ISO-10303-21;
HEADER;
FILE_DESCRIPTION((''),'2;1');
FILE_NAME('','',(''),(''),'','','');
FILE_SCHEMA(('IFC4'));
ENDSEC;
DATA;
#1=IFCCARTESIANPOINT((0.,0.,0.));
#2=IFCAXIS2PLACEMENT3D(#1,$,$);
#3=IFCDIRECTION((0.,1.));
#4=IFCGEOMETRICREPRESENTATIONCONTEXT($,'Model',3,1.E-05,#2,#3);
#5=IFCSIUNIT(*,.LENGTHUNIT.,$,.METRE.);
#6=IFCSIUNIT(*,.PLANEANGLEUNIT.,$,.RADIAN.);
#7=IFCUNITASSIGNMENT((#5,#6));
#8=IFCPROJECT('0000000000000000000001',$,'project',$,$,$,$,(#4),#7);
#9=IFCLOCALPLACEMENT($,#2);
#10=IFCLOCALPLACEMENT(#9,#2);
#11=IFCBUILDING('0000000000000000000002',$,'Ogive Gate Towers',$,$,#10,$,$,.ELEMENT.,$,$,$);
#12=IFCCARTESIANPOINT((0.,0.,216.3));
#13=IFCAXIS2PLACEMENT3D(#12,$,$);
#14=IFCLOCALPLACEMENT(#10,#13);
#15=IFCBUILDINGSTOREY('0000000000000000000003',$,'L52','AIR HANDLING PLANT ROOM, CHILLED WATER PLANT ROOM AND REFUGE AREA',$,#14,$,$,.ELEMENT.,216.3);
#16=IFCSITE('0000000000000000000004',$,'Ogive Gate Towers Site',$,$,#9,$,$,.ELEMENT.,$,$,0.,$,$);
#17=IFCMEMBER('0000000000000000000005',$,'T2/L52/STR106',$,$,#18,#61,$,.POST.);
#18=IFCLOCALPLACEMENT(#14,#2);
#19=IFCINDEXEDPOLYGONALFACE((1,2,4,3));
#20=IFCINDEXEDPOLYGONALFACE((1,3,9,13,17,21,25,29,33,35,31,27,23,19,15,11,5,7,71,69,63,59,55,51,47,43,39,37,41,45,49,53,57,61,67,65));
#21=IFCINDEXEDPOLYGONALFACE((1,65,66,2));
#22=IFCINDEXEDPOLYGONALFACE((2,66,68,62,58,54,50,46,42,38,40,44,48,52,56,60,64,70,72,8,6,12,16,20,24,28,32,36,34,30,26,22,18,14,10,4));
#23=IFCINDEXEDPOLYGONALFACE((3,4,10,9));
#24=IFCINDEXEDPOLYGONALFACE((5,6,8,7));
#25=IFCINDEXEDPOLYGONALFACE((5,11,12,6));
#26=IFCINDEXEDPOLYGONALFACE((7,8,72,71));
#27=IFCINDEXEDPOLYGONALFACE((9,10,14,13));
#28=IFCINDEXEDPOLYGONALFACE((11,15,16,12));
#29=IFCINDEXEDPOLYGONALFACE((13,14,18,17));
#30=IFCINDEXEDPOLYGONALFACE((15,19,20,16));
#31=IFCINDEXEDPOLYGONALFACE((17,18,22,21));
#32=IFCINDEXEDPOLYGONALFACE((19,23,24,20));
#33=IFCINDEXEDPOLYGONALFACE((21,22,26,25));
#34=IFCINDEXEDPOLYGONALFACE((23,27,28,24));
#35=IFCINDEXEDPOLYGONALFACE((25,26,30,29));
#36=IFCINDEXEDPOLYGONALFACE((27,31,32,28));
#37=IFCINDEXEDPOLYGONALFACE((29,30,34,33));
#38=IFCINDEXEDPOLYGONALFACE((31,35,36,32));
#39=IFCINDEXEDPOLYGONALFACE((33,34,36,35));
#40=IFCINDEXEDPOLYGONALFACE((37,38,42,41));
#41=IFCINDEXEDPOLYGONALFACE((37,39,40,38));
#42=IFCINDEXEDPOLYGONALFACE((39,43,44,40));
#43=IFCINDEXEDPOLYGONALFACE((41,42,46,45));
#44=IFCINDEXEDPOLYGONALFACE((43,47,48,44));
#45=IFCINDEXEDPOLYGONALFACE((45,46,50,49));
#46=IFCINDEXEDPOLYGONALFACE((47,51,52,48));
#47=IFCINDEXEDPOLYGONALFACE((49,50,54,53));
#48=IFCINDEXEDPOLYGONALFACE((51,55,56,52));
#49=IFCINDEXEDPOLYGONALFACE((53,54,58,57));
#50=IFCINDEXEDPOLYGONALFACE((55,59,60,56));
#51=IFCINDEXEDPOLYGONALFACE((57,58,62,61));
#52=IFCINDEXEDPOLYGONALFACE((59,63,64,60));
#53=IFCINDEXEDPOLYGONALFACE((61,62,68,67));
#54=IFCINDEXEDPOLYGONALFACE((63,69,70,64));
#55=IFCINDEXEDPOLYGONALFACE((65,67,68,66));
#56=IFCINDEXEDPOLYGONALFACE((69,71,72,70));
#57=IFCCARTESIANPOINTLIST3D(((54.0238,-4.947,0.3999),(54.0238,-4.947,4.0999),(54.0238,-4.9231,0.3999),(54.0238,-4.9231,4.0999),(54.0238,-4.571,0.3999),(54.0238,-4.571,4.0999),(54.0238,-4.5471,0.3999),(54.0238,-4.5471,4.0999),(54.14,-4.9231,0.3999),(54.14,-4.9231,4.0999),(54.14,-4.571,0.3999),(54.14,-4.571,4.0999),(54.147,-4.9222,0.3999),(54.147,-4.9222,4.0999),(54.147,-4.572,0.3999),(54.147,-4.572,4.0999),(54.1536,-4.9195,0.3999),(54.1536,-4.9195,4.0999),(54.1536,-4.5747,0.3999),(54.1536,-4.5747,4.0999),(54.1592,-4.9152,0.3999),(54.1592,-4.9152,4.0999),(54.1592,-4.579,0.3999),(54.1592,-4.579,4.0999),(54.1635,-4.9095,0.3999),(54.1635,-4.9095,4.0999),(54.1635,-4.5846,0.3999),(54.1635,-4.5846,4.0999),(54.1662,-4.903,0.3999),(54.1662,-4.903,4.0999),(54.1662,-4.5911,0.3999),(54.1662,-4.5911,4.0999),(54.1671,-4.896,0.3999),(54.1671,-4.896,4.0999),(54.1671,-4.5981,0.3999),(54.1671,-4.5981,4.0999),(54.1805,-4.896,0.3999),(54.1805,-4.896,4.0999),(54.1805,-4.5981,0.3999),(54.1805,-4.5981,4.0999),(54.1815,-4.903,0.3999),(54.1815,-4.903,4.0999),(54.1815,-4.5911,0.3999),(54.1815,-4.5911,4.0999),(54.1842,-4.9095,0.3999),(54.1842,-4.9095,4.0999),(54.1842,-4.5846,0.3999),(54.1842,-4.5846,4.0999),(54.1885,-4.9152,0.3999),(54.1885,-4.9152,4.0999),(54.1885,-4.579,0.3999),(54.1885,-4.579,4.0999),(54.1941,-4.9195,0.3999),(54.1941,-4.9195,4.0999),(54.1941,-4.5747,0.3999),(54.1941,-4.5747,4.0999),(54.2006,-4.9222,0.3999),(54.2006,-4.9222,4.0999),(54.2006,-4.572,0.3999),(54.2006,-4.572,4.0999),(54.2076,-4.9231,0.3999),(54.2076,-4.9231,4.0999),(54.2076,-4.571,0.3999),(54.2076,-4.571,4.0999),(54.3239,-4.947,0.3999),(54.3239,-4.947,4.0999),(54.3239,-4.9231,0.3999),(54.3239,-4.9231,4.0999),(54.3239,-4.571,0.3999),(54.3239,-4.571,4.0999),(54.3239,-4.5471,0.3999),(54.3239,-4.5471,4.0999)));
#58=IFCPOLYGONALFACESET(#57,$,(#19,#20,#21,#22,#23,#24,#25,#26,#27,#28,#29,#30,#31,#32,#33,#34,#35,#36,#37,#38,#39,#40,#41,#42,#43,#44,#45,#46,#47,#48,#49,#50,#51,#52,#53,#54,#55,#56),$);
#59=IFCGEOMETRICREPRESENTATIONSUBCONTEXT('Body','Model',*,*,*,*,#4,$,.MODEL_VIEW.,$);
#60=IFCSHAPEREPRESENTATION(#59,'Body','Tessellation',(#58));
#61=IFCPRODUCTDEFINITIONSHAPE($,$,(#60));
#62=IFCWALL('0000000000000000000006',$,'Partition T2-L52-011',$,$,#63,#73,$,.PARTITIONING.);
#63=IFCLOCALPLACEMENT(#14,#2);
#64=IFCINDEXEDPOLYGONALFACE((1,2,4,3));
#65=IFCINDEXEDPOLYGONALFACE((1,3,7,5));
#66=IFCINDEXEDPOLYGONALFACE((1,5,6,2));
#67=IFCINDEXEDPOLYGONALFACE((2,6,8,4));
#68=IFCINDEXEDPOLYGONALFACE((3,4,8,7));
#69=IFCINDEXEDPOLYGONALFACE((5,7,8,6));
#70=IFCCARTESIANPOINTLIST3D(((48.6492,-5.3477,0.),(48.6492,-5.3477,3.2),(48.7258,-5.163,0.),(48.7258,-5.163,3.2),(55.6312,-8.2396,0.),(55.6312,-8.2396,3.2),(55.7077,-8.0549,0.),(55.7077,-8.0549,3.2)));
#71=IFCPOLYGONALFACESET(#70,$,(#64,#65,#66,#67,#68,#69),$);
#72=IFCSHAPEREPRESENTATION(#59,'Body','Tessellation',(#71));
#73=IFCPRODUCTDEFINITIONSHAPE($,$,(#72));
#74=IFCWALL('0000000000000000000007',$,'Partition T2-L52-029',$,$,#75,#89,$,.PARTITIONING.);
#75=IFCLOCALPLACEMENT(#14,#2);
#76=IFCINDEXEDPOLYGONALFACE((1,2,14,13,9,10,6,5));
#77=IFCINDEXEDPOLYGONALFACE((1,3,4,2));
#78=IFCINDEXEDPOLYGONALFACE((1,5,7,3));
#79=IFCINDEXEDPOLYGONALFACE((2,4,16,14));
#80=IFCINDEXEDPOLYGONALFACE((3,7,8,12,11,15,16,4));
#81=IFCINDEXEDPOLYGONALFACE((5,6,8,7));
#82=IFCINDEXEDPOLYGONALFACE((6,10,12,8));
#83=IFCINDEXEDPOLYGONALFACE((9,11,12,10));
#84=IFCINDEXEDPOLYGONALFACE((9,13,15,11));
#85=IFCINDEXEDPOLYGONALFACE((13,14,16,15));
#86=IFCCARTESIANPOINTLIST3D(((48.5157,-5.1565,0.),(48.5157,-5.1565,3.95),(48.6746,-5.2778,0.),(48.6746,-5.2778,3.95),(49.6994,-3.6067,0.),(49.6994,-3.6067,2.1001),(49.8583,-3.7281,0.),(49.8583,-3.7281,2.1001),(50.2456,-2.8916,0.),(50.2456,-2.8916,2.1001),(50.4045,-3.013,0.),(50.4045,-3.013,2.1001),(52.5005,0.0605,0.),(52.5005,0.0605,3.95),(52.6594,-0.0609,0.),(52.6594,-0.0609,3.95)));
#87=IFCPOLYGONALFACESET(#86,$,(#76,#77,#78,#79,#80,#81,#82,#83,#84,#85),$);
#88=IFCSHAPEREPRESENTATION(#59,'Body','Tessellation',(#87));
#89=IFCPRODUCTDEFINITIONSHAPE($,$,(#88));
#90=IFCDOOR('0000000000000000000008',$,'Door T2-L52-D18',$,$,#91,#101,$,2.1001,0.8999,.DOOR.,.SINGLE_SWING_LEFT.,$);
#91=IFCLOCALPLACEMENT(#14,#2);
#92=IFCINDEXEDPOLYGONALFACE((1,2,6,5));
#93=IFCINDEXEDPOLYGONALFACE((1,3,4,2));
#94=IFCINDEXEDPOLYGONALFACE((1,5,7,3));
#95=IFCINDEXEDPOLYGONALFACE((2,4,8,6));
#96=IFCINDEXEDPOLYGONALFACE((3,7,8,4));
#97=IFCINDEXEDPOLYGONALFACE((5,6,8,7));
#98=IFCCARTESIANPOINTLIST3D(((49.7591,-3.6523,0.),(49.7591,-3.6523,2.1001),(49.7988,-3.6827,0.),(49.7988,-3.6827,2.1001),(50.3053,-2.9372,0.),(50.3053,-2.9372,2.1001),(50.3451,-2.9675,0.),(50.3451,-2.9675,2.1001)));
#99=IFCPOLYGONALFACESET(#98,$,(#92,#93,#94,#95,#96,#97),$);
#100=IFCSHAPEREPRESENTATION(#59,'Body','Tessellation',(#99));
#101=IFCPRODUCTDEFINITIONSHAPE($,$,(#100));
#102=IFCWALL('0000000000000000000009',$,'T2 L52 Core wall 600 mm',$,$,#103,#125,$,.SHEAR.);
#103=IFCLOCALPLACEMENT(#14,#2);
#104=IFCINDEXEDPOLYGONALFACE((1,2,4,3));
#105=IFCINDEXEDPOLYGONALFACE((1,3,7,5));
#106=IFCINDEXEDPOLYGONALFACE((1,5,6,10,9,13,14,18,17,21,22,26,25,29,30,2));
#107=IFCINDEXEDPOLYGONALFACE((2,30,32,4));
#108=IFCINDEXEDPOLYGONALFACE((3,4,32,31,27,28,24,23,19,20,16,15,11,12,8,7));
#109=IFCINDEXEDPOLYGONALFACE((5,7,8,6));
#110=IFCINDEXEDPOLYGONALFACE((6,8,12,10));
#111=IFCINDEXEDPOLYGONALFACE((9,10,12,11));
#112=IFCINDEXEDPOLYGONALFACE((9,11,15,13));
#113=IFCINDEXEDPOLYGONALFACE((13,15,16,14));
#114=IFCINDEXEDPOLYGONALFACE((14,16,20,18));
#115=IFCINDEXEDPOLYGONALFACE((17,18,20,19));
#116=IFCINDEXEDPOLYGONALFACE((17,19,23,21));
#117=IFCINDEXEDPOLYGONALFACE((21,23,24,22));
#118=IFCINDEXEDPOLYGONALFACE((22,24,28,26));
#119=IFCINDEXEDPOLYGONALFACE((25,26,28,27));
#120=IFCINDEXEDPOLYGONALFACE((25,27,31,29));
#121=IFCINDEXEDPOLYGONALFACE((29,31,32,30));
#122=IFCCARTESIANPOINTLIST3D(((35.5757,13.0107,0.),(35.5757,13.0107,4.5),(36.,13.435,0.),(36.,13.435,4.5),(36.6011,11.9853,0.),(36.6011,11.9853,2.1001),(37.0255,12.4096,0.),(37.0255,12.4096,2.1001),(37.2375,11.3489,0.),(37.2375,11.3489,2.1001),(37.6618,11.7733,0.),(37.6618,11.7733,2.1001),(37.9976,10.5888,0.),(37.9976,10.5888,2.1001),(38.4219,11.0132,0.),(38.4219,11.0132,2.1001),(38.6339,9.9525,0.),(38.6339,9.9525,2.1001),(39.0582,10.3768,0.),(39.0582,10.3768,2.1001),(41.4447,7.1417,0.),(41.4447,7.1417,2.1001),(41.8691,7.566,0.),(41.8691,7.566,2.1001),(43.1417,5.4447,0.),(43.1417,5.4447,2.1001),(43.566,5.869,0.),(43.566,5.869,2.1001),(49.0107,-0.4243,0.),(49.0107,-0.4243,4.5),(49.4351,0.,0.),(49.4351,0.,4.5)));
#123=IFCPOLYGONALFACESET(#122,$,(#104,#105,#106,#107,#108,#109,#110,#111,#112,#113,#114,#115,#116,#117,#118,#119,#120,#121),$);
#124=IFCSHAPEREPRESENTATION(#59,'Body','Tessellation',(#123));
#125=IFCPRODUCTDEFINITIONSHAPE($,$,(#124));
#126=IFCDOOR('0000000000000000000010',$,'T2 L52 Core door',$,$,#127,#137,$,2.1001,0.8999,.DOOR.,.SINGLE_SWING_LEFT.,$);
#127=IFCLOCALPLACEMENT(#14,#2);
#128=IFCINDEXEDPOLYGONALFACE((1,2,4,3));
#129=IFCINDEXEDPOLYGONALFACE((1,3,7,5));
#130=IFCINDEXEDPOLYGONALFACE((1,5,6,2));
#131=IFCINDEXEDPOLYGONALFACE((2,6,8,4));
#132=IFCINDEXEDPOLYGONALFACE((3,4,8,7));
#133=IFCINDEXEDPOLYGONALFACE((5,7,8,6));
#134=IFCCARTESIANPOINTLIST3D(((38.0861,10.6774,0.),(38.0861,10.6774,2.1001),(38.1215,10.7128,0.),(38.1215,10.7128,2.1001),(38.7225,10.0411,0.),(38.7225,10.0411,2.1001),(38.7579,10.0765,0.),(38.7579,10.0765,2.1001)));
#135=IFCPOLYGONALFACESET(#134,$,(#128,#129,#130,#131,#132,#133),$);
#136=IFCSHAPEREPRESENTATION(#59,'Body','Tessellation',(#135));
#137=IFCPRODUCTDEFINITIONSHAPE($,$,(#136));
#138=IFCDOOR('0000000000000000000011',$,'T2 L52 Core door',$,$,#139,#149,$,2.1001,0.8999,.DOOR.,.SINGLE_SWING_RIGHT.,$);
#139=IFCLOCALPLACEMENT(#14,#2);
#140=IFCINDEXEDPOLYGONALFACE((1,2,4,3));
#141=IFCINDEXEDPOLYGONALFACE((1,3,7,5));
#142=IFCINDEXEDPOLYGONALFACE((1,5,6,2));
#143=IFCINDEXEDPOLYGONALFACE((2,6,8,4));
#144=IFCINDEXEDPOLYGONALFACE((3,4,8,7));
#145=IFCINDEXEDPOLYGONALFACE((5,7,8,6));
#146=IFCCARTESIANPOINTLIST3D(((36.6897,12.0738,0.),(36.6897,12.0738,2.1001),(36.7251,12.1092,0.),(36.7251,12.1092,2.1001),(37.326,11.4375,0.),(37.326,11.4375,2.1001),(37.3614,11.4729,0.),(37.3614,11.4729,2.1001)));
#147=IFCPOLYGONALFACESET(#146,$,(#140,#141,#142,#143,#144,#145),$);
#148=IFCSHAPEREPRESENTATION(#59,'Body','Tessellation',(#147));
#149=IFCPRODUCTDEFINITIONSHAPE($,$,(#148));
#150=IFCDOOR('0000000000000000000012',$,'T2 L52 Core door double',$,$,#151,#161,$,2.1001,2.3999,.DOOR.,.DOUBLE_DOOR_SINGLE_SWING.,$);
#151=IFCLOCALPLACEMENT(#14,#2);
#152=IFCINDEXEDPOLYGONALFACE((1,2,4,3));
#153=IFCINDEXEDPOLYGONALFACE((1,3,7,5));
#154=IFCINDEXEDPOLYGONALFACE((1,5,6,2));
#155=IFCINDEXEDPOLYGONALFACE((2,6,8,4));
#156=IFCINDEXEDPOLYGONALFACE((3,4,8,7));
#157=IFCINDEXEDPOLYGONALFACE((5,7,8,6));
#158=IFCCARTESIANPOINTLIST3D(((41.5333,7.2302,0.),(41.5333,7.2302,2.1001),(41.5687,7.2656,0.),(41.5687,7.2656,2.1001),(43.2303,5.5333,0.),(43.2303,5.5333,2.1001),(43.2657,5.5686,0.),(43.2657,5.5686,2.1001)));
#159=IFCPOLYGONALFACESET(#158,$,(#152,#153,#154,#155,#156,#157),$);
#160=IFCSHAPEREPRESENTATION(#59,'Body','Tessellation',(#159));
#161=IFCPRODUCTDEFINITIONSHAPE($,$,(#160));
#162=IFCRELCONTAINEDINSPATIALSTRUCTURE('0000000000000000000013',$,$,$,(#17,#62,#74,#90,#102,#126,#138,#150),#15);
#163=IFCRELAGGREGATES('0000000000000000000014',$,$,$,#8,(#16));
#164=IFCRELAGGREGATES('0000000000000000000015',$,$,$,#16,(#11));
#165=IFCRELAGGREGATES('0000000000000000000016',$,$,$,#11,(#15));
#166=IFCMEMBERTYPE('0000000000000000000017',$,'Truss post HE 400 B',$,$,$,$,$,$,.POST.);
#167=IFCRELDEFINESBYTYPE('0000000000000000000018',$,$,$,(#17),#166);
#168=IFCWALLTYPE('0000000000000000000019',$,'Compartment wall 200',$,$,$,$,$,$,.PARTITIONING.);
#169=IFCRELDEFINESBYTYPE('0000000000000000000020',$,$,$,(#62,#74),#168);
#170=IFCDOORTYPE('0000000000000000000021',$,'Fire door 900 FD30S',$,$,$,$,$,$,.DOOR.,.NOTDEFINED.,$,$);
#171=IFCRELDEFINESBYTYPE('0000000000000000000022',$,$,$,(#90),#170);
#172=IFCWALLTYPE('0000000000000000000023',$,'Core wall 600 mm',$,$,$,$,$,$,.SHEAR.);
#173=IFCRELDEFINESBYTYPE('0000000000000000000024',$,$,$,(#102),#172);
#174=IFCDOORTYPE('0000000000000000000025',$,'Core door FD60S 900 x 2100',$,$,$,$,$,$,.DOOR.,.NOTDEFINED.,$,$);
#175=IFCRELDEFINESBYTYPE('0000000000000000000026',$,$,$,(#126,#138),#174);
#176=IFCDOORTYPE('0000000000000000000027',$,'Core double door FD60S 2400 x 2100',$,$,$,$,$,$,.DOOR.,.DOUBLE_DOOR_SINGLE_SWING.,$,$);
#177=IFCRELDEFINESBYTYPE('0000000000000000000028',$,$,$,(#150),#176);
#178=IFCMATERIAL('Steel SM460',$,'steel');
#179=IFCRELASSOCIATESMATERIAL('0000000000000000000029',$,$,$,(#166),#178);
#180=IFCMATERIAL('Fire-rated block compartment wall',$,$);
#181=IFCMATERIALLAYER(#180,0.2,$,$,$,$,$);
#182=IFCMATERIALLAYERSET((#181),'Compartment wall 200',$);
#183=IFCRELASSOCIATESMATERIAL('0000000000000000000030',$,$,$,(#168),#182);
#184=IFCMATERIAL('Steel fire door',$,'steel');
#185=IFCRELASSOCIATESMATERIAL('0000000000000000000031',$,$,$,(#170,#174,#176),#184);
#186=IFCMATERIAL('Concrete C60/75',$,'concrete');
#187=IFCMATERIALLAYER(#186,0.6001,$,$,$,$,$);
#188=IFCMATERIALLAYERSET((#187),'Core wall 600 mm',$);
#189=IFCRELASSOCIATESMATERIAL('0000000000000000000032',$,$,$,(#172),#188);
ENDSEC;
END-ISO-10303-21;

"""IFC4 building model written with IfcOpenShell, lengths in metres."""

from ifc_helpers import new_model, si_unit, direction, frame, frame_2d, origin, origin_2d, place, context, subcontext, project, spatial, rectangle, i_section, extrude, material, layer, layer_set, material_profile, profile_set, type_object, element, fill, save


model = new_model("IFC4")

# Units and contexts
model_context = context("Model", 3, precision=1e-05, world=origin(), true_north=direction((0.0, 1.0)))
body_context = subcontext(model_context, "Body", "Model", "MODEL_VIEW")
ifc_project = project(units=[si_unit("LENGTHUNIT", "METRE"), si_unit("PLANEANGLEUNIT", "RADIAN")], contexts=[model_context])

# Site, building, storey
site_placement = place(None, origin())
site = spatial("IfcSite", under=ifc_project, at=site_placement, Name="Ogive Gate Towers Site", CompositionType="ELEMENT", RefElevation=0.0)
building_placement = place(site_placement, origin())
building = spatial("IfcBuilding", under=site, at=building_placement, Name="Ogive Gate Towers", CompositionType="ELEMENT")
storey_placement = place(building_placement, frame((0.0, 0.0, 216.3)))
storey = spatial("IfcBuildingStorey", under=building, at=storey_placement, Name="L52", Description="AIR HANDLING PLANT ROOM, CHILLED WATER PLANT ROOM AND REFUGE AREA", CompositionType="ELEMENT", Elevation=216.3)

# Shared definitions
ifc_material_1 = material(Name="Steel SM460", Category="steel")

# Member
ifc_material_profile_1 = material_profile(ifc_material_1, i_section(OverallWidth=0.3, OverallDepth=0.3999, WebThickness=0.0134, FlangeThickness=0.0239, FilletRadius=0.0271, at=origin_2d()), Name="HE 400 B")
ifc_profile_set_1 = profile_set([ifc_material_profile_1], Name="Steel SM460")
member_type_1 = type_object("IfcMemberType", Name="Truss post HE 400 B", PredefinedType="POST", material=ifc_profile_set_1)
member_1_placement = place(storey_placement, frame((54.1738, -4.7471, 0.3999), z_axis=(0.0, 0.0, 1.0), x_axis=(1.0, 0.0, 0.0)))
element("IfcMember", 1, at=member_1_placement, inside=storey, type_object=member_type_1, Name="T2/L52/STR106", PredefinedType="POST", context=body_context, shape_type="SweptSolid", body=[
    extrude(i_section(OverallWidth=0.3, OverallDepth=0.3999, WebThickness=0.0134, FlangeThickness=0.0239, FilletRadius=0.0271, at=origin_2d()), origin(), (0.0, 0.0, 1.0), 3.7),
])

# Wall
ifc_material_2 = material(Name="Fire-rated block compartment wall")
ifc_layer_1 = layer(ifc_material_2, 0.2)
ifc_layer_set_1 = layer_set([ifc_layer_1], Name="Compartment wall 200")
wall_type_1 = type_object("IfcWallType", Name="Compartment wall 200", PredefinedType="PARTITIONING", material=ifc_layer_set_1)
wall_1_placement = place(storey_placement, frame((55.6694, -8.1472, 0.0), z_axis=(0.0, 0.0, 1.0), x_axis=(-0.923887, 0.382665, 0.0)))
element("IfcWall", 2, at=wall_1_placement, inside=storey, type_object=wall_type_1, Name="Partition T2-L52-011", PredefinedType="PARTITIONING", context=body_context, shape_type="SweptSolid", body=[
    extrude(rectangle(XDim=7.5571, YDim=0.2, at=frame_2d((3.7786, 0.0))), origin(), (0.0, 0.0, 1.0), 3.2),
])

# Wall, opening, door
wall_2_placement = place(storey_placement, frame((48.5952, -5.217, 0.0), z_axis=(0.0, 0.0, 1.0), x_axis=(0.607004, 0.794699, 0.0)))
wall_2 = element("IfcWall", 3, at=wall_2_placement, inside=storey, type_object=wall_type_1, Name="Partition T2-L52-029", PredefinedType="PARTITIONING", context=body_context, shape_type="SweptSolid", body=[
    extrude(rectangle(XDim=6.5647, YDim=0.2, at=frame_2d((3.2822, 0.0))), origin(), (0.0, 0.0, 1.0), 3.95),
])
opening_1_placement = place(wall_2_placement, frame((1.95, 0.0, 0.0)))
opening_1 = element("IfcOpeningElement", 4, at=opening_1_placement, cuts=wall_2, PredefinedType="OPENING", context=body_context, shape_type="SweptSolid", body=[
    extrude(rectangle(XDim=0.8999, YDim=2.1001, at=frame_2d((0.45, 1.05))), frame((0.0, 0.1099, 0.0), z_axis=(0.0, -1.0, 0.0), x_axis=(1.0, 0.0, 0.0)), (0.0, 0.0, 1.0), 0.22),
])
ifc_material_3 = material(Name="Steel fire door", Category="steel")
door_type_1 = type_object("IfcDoorType", Name="Fire door 900 FD30S", OperationType="NOTDEFINED", PredefinedType="DOOR", material=ifc_material_3)
door_1_placement = place(opening_1_placement, origin())
door_1 = element("IfcDoor", 5, at=door_1_placement, inside=storey, type_object=door_type_1, Name="Door T2-L52-D18", OperationType="SINGLE_SWING_LEFT", OverallHeight=2.1001, OverallWidth=0.8999, PredefinedType="DOOR", context=body_context, shape_type="SweptSolid", body=[
    extrude(rectangle(XDim=0.8999, YDim=2.1001, at=frame_2d((0.45, 1.05))), frame((0.0, 0.0249, 0.0), z_axis=(0.0, -1.0, 0.0), x_axis=(1.0, 0.0, 0.0)), (0.0, 0.0, 1.0), 0.05),
])
fill(opening_1, door_1)

# Wall, openings, doors
ifc_material_4 = material(Name="Concrete C60/75", Category="concrete")
ifc_layer_2 = layer(ifc_material_4, 0.6001)
ifc_layer_set_2 = layer_set([ifc_layer_2], Name="Core wall 600 mm")
wall_type_2 = type_object("IfcWallType", Name="Core wall 600 mm", PredefinedType="SHEAR", material=ifc_layer_set_2)
wall_3_placement = place(storey_placement, frame((49.2229, -0.2122, 0.0), z_axis=(0.0, 0.0, 1.0), x_axis=(-0.707107, 0.707107, 0.0)))
wall_3 = element("IfcWall", 6, at=wall_3_placement, inside=storey, type_object=wall_type_2, Name="T2 L52 Core wall 600 mm", PredefinedType="SHEAR", context=body_context, shape_type="SweptSolid", body=[
    extrude(rectangle(XDim=19.0, YDim=0.6001, at=frame_2d((9.5, 0.0))), origin(), (0.0, 0.0, 1.0), 4.5),
])
opening_2_placement = place(wall_3_placement, frame((8.3, 0.0, 0.0)))
opening_2 = element("IfcOpeningElement", 7, at=opening_2_placement, cuts=wall_3, PredefinedType="OPENING", context=body_context, shape_type="SweptSolid", body=[
    extrude(rectangle(XDim=2.3999, YDim=2.1001, at=frame_2d((1.2, 1.05))), frame((0.0, 0.3101, 0.0), z_axis=(0.0, -1.0, 0.0), x_axis=(1.0, 0.0, 0.0)), (0.0, 0.0, 1.0), 0.6201),
])
opening_3_placement = place(wall_3_placement, frame((14.675, 0.0, 0.0)))
opening_3 = element("IfcOpeningElement", 8, at=opening_3_placement, cuts=wall_3, PredefinedType="OPENING", context=body_context, shape_type="SweptSolid", body=[
    extrude(rectangle(XDim=0.8999, YDim=2.1001, at=frame_2d((0.45, 1.05))), frame((0.0, 0.3101, 0.0), z_axis=(0.0, -1.0, 0.0), x_axis=(1.0, 0.0, 0.0)), (0.0, 0.0, 1.0), 0.6201),
])
opening_4_placement = place(wall_3_placement, frame((16.6499, 0.0, 0.0)))
opening_4 = element("IfcOpeningElement", 9, at=opening_4_placement, cuts=wall_3, PredefinedType="OPENING", context=body_context, shape_type="SweptSolid", body=[
    extrude(rectangle(XDim=0.8999, YDim=2.1001, at=frame_2d((0.45, 1.05))), frame((0.0, 0.3101, 0.0), z_axis=(0.0, -1.0, 0.0), x_axis=(1.0, 0.0, 0.0)), (0.0, 0.0, 1.0), 0.6201),
])
door_type_2 = type_object("IfcDoorType", Name="Core door FD60S 900 x 2100", OperationType="NOTDEFINED", PredefinedType="DOOR", material=ifc_material_3)
door_2_placement = place(opening_3_placement, origin())
door_2 = element("IfcDoor", 10, at=door_2_placement, inside=storey, type_object=door_type_2, Name="T2 L52 Core door", OperationType="SINGLE_SWING_LEFT", OverallHeight=2.1001, OverallWidth=0.8999, PredefinedType="DOOR", context=body_context, shape_type="SweptSolid", body=[
    extrude(rectangle(XDim=0.8999, YDim=2.1001, at=frame_2d((0.45, 1.05))), frame((0.0, 0.1748, 0.0), z_axis=(0.0, -1.0, 0.0), x_axis=(1.0, 0.0, 0.0)), (0.0, 0.0, 1.0), 0.05),
])
fill(opening_3, door_2)
door_3_placement = place(opening_4_placement, origin())
door_3 = element("IfcDoor", 11, at=door_3_placement, inside=storey, type_object=door_type_2, Name="T2 L52 Core door", OperationType="SINGLE_SWING_RIGHT", OverallHeight=2.1001, OverallWidth=0.8999, PredefinedType="DOOR", context=body_context, shape_type="SweptSolid", body=[
    extrude(rectangle(XDim=0.8999, YDim=2.1001, at=frame_2d((0.45, 1.05))), frame((0.0, 0.1748, 0.0), z_axis=(0.0, -1.0, 0.0), x_axis=(1.0, 0.0, 0.0)), (0.0, 0.0, 1.0), 0.05),
])
fill(opening_4, door_3)
door_type_3 = type_object("IfcDoorType", Name="Core double door FD60S 2400 x 2100", OperationType="DOUBLE_DOOR_SINGLE_SWING", PredefinedType="DOOR", material=ifc_material_3)
door_4_placement = place(opening_2_placement, origin())
door_4 = element("IfcDoor", 12, at=door_4_placement, inside=storey, type_object=door_type_3, Name="T2 L52 Core door double", OperationType="DOUBLE_DOOR_SINGLE_SWING", OverallHeight=2.1001, OverallWidth=2.3999, PredefinedType="DOOR", context=body_context, shape_type="SweptSolid", body=[
    extrude(rectangle(XDim=2.3999, YDim=2.1001, at=frame_2d((1.2, 1.05))), frame((0.0, 0.1748, 0.0), z_axis=(0.0, -1.0, 0.0), x_axis=(1.0, 0.0, 0.0)), (0.0, 0.0, 1.0), 0.05),
])
fill(opening_2, door_4)

save(model, "model.ifc")
